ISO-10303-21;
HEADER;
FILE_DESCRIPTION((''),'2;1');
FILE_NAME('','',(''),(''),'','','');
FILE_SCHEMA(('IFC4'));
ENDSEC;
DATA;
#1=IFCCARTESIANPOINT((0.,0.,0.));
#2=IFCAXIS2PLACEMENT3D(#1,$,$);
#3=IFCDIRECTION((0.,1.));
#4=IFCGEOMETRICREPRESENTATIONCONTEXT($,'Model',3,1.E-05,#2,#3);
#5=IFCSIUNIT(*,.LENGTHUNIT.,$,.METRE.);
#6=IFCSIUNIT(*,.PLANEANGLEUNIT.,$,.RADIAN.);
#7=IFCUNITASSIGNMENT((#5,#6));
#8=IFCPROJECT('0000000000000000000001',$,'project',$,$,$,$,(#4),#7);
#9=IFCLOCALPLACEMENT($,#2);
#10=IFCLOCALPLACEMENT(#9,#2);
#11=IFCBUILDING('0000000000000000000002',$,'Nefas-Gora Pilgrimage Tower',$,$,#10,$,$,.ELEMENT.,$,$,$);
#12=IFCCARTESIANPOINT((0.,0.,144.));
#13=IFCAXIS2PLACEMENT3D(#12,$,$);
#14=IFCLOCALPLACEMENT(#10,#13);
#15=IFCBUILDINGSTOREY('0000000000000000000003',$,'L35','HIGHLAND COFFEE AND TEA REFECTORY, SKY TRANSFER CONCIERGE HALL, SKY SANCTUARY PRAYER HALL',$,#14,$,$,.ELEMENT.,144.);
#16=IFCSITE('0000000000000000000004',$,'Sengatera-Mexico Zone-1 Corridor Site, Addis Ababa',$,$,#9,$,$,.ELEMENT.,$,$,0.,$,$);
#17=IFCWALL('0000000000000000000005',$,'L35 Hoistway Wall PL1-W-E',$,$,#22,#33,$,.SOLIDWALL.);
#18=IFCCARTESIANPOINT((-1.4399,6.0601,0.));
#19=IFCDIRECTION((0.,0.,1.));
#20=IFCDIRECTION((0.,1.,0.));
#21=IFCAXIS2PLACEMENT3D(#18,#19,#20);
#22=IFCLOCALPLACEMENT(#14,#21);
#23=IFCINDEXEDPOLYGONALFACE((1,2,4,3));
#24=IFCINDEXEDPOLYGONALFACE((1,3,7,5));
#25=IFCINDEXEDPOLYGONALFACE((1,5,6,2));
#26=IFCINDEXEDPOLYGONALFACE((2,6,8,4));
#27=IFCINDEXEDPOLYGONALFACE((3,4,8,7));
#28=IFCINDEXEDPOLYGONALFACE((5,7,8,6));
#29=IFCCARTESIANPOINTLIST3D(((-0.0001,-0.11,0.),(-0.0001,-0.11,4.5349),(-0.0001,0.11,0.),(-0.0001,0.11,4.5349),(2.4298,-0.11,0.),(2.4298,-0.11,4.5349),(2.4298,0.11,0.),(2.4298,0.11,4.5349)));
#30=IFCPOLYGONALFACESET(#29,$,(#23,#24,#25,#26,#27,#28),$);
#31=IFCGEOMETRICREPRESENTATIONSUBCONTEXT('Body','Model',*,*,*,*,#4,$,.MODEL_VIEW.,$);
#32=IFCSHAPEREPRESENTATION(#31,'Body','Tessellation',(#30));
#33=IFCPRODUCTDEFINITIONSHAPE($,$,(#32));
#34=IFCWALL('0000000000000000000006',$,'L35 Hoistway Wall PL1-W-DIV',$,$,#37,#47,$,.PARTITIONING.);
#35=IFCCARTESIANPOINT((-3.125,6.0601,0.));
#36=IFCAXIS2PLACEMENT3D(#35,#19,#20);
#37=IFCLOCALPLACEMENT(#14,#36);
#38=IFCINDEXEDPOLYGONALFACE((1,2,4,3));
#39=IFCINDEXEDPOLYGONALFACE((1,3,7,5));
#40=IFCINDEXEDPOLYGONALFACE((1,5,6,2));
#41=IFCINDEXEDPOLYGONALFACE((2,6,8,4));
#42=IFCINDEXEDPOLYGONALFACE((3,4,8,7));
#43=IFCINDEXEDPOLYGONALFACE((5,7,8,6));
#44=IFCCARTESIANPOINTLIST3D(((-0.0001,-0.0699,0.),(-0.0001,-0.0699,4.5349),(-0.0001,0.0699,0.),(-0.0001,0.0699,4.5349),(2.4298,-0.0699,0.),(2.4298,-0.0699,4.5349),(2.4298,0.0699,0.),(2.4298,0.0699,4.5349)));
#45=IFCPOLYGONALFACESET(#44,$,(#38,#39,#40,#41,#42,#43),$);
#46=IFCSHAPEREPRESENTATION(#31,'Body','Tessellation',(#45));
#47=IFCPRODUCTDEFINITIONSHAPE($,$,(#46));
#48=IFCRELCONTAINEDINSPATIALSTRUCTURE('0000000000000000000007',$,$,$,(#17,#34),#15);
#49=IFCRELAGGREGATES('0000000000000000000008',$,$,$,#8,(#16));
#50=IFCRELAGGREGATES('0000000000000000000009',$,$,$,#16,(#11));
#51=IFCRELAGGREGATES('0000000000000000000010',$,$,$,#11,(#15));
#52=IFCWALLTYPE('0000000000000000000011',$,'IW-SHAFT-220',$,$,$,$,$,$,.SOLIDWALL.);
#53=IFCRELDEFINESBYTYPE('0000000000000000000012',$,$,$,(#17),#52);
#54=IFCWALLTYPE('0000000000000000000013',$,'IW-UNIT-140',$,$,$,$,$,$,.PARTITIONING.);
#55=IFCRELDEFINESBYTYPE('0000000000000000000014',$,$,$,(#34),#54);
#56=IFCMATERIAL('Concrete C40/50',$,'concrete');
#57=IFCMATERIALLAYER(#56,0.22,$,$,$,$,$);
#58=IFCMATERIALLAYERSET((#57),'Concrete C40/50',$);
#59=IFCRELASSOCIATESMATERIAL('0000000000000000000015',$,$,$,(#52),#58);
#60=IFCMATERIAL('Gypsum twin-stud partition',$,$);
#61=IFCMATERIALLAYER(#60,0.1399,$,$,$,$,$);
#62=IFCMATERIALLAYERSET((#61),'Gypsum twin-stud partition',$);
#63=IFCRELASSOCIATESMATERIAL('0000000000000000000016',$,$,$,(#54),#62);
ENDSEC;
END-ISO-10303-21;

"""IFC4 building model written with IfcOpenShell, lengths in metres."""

from ifc_helpers import new_model, si_unit, direction, frame, frame_2d, origin, place, context, subcontext, project, spatial, rectangle, extrude, source, transform, mapped, material, layer, layer_set, type_object, element, save


model = new_model("IFC4")

# Units and contexts
model_context = context("Model", 3, precision=1e-05, world=origin(), true_north=direction((0.0, 1.0)))
body_context = subcontext(model_context, "Body", "Model", "MODEL_VIEW")
ifc_project = project(units=[si_unit("LENGTHUNIT", "METRE"), si_unit("PLANEANGLEUNIT", "RADIAN")], contexts=[model_context])

# Site, building, storey
site_placement = place(None, origin())
site = spatial("IfcSite", under=ifc_project, at=site_placement, Name="Sengatera-Mexico Zone-1 Corridor Site, Addis Ababa", CompositionType="ELEMENT", RefElevation=0.0)
building_placement = place(site_placement, origin())
building = spatial("IfcBuilding", under=site, at=building_placement, Name="Nefas-Gora Pilgrimage Tower", CompositionType="ELEMENT")
storey_placement = place(building_placement, frame((0.0, 0.0, 144.0)))
storey = spatial("IfcBuildingStorey", under=building, at=storey_placement, Name="L35", Description="HIGHLAND COFFEE AND TEA REFECTORY, SKY TRANSFER CONCIERGE HALL, SKY SANCTUARY PRAYER HALL", CompositionType="ELEMENT", Elevation=144.0)

# Shared definitions
ifc_material_1 = material(Name="Concrete C40/50", Category="concrete")

# Shared definitions
ifc_layer_1 = layer(ifc_material_1, 0.22)
ifc_layer_set_1 = layer_set([ifc_layer_1], Name="Concrete C40/50")
wall_type_1 = type_object("IfcWallType", Name="IW-SHAFT-220", PredefinedType="SOLIDWALL", material=ifc_layer_set_1)

# Walls
shared_shape_1 = source(origin(), body_context, "Body", "SweptSolid", [
    extrude(rectangle(XDim=2.4299, YDim=0.22, at=frame_2d((1.2148, 0.0))), origin(), (0.0, 0.0, 1.0), 4.5349),
])
wall_1_placement = place(storey_placement, frame((-1.4399, 6.0601, 0.0), z_axis=(0.0, 0.0, 1.0), x_axis=(0.0, 1.0, 0.0)))
element("IfcWall", 1, at=wall_1_placement, inside=storey, type_object=wall_type_1, Name="L35 Hoistway Wall PL1-W-E", PredefinedType="SOLIDWALL", context=body_context, shape_type="MappedRepresentation", body=[
    mapped(shared_shape_1, transform((0.0, 0.0, 0.0), x_axis=(1.0, 0.0, 0.0), y_axis=(0.0, 1.0, 0.0), z_axis=(0.0, 0.0, 1.0), scale=1.0)),
])
ifc_material_2 = material(Name="Gypsum twin-stud partition")
ifc_layer_2 = layer(ifc_material_2, 0.1399)
ifc_layer_set_2 = layer_set([ifc_layer_2], Name="Gypsum twin-stud partition")
wall_type_2 = type_object("IfcWallType", Name="IW-UNIT-140", PredefinedType="PARTITIONING", material=ifc_layer_set_2)
shared_shape_2 = source(origin(), body_context, "Body", "SweptSolid", [
    extrude(rectangle(XDim=2.4299, YDim=0.1399, at=frame_2d((1.2148, 0.0))), origin(), (0.0, 0.0, 1.0), 4.5349),
])
wall_2_placement = place(storey_placement, frame((-3.125, 6.0601, 0.0), z_axis=(0.0, 0.0, 1.0), x_axis=(0.0, 1.0, 0.0)))
element("IfcWall", 2, at=wall_2_placement, inside=storey, type_object=wall_type_2, Name="L35 Hoistway Wall PL1-W-DIV", PredefinedType="PARTITIONING", context=body_context, shape_type="MappedRepresentation", body=[
    mapped(shared_shape_2, transform((0.0, 0.0, 0.0), x_axis=(1.0, 0.0, 0.0), y_axis=(0.0, 1.0, 0.0), z_axis=(0.0, 0.0, 1.0), scale=1.0)),
])

save(model, "model.ifc")
